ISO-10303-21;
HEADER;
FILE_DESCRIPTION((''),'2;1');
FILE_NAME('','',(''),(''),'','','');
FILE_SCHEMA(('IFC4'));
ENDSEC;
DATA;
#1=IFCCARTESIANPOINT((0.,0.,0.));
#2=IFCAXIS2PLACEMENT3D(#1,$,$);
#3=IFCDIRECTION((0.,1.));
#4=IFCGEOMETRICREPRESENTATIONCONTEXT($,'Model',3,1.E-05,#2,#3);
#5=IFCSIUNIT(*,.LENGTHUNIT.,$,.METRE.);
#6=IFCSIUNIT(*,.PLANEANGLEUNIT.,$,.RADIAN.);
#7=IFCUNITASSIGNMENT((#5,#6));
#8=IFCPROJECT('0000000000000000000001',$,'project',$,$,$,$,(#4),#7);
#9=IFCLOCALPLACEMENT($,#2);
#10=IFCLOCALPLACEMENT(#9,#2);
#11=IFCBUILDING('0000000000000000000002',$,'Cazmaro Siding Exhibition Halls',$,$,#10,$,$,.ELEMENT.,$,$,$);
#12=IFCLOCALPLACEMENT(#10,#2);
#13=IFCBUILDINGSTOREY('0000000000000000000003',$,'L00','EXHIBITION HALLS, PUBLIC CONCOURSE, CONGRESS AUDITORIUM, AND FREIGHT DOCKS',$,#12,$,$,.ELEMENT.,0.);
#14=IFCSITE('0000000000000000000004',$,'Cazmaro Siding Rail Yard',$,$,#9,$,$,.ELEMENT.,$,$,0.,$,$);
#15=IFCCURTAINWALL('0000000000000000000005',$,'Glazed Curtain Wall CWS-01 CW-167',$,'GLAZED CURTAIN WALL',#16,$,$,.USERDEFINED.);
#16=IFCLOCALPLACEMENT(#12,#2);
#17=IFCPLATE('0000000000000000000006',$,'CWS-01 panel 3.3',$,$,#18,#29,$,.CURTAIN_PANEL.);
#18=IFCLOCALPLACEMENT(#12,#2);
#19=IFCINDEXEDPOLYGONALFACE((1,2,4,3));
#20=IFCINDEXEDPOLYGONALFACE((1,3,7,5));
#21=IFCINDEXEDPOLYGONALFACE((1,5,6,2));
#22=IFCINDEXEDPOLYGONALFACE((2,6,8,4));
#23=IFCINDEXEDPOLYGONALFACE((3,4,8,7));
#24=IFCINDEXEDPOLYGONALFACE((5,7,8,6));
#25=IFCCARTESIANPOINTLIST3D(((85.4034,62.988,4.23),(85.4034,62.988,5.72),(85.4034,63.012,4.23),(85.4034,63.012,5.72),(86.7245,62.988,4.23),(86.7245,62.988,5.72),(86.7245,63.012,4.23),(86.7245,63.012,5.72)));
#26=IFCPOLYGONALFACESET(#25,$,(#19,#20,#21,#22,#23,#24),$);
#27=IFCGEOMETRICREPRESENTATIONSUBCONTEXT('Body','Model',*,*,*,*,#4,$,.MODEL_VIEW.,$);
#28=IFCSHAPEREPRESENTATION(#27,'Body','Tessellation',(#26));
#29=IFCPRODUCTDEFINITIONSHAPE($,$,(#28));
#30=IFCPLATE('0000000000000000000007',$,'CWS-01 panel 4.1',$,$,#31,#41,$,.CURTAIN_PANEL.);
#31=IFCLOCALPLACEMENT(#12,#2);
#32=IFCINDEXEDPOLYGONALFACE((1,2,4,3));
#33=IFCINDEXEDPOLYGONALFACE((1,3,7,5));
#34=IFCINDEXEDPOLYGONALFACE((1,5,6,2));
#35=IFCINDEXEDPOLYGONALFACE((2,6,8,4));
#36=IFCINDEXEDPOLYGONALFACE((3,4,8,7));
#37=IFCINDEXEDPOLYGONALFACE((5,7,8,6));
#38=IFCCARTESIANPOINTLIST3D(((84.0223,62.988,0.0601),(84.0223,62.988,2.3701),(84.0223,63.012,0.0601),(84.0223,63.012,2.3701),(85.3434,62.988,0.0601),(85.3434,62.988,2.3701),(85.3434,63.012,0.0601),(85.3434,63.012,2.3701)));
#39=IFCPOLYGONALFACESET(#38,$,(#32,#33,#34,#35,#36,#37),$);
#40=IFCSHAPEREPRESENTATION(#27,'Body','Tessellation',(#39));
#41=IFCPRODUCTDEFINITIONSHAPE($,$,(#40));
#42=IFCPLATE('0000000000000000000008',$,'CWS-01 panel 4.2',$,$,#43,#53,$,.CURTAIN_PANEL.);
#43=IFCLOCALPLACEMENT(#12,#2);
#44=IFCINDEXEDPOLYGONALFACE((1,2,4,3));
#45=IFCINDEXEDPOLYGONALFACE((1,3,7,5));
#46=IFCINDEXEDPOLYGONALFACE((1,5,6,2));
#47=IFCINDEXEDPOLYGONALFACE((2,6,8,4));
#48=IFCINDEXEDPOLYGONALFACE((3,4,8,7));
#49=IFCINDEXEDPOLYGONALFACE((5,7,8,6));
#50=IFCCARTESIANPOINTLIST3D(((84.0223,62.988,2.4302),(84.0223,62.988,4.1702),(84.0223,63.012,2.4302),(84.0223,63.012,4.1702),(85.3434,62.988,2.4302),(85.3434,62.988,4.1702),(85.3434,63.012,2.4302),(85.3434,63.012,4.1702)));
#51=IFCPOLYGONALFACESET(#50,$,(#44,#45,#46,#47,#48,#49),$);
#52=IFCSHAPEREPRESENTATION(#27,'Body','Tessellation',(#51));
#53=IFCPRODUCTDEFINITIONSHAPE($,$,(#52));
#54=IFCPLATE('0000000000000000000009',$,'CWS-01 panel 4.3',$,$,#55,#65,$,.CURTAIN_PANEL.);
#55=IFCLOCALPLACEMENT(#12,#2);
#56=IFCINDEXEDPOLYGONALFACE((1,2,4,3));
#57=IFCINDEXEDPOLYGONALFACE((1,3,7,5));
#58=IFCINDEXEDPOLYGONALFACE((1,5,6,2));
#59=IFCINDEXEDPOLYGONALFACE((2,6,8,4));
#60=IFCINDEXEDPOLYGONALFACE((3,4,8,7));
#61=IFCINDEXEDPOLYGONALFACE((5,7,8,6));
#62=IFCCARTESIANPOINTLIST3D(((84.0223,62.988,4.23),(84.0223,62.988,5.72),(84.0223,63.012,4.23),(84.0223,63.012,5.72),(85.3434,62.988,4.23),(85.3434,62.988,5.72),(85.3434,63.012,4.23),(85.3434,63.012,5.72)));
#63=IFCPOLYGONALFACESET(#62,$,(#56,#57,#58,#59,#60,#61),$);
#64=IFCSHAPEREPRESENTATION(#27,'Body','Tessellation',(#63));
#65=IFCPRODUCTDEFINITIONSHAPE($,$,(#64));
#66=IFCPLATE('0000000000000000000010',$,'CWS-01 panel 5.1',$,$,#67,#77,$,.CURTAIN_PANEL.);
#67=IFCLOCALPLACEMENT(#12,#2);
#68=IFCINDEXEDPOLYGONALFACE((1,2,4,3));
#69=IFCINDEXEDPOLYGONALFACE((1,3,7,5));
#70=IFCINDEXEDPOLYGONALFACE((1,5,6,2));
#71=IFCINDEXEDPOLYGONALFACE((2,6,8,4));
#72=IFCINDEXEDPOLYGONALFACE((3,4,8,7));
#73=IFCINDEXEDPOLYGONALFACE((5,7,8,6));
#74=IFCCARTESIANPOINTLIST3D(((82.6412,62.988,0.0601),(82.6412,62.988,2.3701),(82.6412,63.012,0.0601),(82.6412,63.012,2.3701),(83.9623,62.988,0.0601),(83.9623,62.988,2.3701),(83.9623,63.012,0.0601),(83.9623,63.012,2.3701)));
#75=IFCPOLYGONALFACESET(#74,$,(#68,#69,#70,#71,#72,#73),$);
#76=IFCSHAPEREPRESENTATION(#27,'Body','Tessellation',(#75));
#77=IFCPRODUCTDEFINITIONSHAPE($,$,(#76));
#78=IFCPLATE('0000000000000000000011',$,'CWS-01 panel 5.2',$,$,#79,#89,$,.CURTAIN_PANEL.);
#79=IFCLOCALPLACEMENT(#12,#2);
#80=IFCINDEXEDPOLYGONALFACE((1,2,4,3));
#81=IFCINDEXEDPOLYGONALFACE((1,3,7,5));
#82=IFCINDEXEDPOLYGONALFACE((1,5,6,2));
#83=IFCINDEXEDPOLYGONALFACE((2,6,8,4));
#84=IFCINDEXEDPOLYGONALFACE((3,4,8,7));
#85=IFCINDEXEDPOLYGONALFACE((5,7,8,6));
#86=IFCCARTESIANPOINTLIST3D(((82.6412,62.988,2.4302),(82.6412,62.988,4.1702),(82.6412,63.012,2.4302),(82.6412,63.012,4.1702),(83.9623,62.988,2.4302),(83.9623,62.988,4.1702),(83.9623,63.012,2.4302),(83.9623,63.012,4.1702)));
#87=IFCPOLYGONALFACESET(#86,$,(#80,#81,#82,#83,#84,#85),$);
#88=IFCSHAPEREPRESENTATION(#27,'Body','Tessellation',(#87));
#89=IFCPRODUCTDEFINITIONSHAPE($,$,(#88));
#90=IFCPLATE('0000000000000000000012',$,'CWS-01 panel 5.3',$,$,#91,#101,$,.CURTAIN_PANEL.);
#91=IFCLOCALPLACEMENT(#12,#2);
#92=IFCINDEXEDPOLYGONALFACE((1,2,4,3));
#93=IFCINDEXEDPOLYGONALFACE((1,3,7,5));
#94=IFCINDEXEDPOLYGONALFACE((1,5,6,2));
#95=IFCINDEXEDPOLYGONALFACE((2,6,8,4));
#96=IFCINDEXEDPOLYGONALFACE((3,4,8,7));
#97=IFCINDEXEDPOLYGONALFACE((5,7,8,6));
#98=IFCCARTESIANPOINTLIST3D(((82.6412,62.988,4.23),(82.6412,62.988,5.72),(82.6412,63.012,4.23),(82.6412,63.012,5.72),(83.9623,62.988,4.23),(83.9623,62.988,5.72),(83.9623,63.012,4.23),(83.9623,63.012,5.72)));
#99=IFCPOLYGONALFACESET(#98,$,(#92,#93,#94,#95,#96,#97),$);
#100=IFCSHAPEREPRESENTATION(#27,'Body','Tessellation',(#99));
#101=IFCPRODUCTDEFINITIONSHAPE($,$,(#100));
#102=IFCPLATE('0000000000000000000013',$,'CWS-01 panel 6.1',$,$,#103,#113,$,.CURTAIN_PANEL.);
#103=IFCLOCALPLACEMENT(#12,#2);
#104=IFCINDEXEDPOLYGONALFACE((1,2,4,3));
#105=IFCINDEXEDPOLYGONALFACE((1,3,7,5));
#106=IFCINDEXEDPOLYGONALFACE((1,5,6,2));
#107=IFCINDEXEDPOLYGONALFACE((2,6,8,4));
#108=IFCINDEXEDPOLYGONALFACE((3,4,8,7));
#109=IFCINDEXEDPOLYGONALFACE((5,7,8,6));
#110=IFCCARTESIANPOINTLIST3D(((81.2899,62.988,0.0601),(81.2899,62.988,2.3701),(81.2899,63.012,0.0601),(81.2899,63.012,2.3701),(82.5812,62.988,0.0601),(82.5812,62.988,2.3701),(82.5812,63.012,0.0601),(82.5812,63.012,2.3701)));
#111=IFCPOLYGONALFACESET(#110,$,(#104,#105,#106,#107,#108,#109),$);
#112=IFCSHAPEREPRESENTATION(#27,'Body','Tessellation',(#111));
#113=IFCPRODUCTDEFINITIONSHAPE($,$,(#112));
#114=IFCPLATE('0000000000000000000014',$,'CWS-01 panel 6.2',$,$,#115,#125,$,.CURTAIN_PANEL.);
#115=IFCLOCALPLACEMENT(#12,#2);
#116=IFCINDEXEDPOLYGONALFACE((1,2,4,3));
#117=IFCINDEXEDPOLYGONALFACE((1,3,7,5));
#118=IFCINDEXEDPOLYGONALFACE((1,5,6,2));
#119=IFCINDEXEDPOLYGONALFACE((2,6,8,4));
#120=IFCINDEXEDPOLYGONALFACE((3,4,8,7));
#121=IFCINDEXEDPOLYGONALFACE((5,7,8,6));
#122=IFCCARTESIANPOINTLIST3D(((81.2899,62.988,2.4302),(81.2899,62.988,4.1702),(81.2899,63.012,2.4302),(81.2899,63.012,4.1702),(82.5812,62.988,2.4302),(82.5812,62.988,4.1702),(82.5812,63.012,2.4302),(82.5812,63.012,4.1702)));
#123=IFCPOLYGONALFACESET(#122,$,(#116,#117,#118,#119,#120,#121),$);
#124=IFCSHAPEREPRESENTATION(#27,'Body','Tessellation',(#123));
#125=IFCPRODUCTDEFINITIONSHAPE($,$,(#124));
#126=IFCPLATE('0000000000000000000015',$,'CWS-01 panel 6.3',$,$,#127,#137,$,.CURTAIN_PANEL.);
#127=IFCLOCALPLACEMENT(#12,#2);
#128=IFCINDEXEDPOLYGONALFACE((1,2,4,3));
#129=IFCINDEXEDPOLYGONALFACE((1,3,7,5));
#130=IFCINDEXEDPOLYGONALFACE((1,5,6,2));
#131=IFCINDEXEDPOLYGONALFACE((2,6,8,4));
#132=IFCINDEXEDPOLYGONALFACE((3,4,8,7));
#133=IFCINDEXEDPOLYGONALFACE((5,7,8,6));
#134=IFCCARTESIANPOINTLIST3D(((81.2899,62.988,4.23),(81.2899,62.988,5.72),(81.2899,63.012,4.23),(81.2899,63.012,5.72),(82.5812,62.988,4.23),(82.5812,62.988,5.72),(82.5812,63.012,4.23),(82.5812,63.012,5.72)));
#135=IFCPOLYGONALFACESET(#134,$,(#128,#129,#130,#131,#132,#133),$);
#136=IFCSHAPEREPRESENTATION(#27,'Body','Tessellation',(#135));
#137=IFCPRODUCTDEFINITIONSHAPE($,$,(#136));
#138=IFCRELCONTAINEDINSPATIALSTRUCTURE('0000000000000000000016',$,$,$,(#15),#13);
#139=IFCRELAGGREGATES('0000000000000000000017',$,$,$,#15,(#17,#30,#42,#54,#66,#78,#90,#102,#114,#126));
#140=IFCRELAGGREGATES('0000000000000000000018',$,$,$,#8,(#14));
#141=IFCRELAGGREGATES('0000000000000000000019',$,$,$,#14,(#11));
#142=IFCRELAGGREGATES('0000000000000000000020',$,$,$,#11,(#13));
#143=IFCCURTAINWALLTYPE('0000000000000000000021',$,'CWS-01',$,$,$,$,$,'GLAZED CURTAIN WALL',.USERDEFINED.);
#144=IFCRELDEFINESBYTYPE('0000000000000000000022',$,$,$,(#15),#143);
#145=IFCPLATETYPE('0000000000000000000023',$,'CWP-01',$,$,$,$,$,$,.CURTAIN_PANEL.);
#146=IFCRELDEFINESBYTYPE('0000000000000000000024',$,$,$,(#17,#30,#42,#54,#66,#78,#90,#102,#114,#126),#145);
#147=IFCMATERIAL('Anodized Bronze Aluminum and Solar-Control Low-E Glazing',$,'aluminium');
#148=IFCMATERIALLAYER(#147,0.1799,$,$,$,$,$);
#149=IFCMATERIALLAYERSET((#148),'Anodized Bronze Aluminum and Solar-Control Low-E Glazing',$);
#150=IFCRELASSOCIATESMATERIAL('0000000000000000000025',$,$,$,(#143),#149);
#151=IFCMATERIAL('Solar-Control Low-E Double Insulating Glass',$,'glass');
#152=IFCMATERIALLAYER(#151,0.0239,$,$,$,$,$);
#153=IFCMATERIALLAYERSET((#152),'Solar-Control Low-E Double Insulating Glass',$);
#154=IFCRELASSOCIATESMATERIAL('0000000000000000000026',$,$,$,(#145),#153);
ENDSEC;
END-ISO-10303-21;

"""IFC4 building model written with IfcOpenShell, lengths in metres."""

from ifc_helpers import new_model, si_unit, direction, frame, origin, origin_2d, place, context, subcontext, project, spatial, rectangle, extrude, material, layer, layer_set, type_object, element, aggregate, save


model = new_model("IFC4")

# Units and contexts
model_context = context("Model", 3, precision=1e-05, world=origin(), true_north=direction((0.0, 1.0)))
body_context = subcontext(model_context, "Body", "Model", "MODEL_VIEW")
ifc_project = project(units=[si_unit("LENGTHUNIT", "METRE"), si_unit("PLANEANGLEUNIT", "RADIAN")], contexts=[model_context])

# Site, building, storey
site_placement = place(None, origin())
site = spatial("IfcSite", under=ifc_project, at=site_placement, Name="Cazmaro Siding Rail Yard", CompositionType="ELEMENT", RefElevation=0.0)
building_placement = place(site_placement, origin())
building = spatial("IfcBuilding", under=site, at=building_placement, Name="Cazmaro Siding Exhibition Halls", CompositionType="ELEMENT")
storey_placement = place(building_placement, origin())
storey = spatial("IfcBuildingStorey", under=building, at=storey_placement, Name="L00", Description="EXHIBITION HALLS, PUBLIC CONCOURSE, CONGRESS AUDITORIUM, AND FREIGHT DOCKS", CompositionType="ELEMENT", Elevation=0.0)

# Curtain wall, plates
ifc_material_1 = material(Name="Anodized Bronze Aluminum and Solar-Control Low-E Glazing", Category="aluminium")
ifc_layer_1 = layer(ifc_material_1, 0.1799)
ifc_layer_set_1 = layer_set([ifc_layer_1], Name="Anodized Bronze Aluminum and Solar-Control Low-E Glazing")
curtain_wall_type = type_object("IfcCurtainWallType", Name="CWS-01", ElementType="GLAZED CURTAIN WALL", PredefinedType="USERDEFINED", material=ifc_layer_set_1)
curtain_wall_placement = place(storey_placement, origin())
curtain_wall = element("IfcCurtainWall", 1, at=curtain_wall_placement, inside=storey, type_object=curtain_wall_type, Name="Glazed Curtain Wall CWS-01 CW-167", ObjectType="GLAZED CURTAIN WALL", PredefinedType="USERDEFINED")
ifc_material_2 = material(Name="Solar-Control Low-E Double Insulating Glass", Category="glass")
ifc_layer_2 = layer(ifc_material_2, 0.0239)
ifc_layer_set_2 = layer_set([ifc_layer_2], Name="Solar-Control Low-E Double Insulating Glass")
plate_type = type_object("IfcPlateType", Name="CWP-01", PredefinedType="CURTAIN_PANEL", material=ifc_layer_set_2)
plate_1_placement = place(storey_placement, frame((86.064, 63.0, 4.23), z_axis=(0.0, 0.0, 1.0), x_axis=(-1.0, 0.0, 0.0)))
plate_1 = element("IfcPlate", 2, at=plate_1_placement, type_object=plate_type, Name="CWS-01 panel 3.3", PredefinedType="CURTAIN_PANEL", context=body_context, shape_type="SweptSolid", body=[
    extrude(rectangle(XDim=1.321, YDim=0.0239, at=origin_2d()), origin(), (0.0, 0.0, 1.0), 1.49),
])
plate_2_placement = place(storey_placement, frame((84.6829, 63.0, 0.0601), z_axis=(0.0, 0.0, 1.0), x_axis=(-1.0, 0.0, 0.0)))
plate_2 = element("IfcPlate", 3, at=plate_2_placement, type_object=plate_type, Name="CWS-01 panel 4.1", PredefinedType="CURTAIN_PANEL", context=body_context, shape_type="SweptSolid", body=[
    extrude(rectangle(XDim=1.321, YDim=0.0239, at=origin_2d()), origin(), (0.0, 0.0, 1.0), 2.3101),
])
plate_3_placement = place(storey_placement, frame((84.6829, 63.0, 2.4302), z_axis=(0.0, 0.0, 1.0), x_axis=(-1.0, 0.0, 0.0)))
plate_3 = element("IfcPlate", 4, at=plate_3_placement, type_object=plate_type, Name="CWS-01 panel 4.2", PredefinedType="CURTAIN_PANEL", context=body_context, shape_type="SweptSolid", body=[
    extrude(rectangle(XDim=1.321, YDim=0.0239, at=origin_2d()), origin(), (0.0, 0.0, 1.0), 1.74),
])
plate_4_placement = place(storey_placement, frame((84.6829, 63.0, 4.23), z_axis=(0.0, 0.0, 1.0), x_axis=(-1.0, 0.0, 0.0)))
plate_4 = element("IfcPlate", 5, at=plate_4_placement, type_object=plate_type, Name="CWS-01 panel 4.3", PredefinedType="CURTAIN_PANEL", context=body_context, shape_type="SweptSolid", body=[
    extrude(rectangle(XDim=1.321, YDim=0.0239, at=origin_2d()), origin(), (0.0, 0.0, 1.0), 1.49),
])
plate_5_placement = place(storey_placement, frame((83.3018, 63.0, 0.0601), z_axis=(0.0, 0.0, 1.0), x_axis=(-1.0, 0.0, 0.0)))
plate_5 = element("IfcPlate", 6, at=plate_5_placement, type_object=plate_type, Name="CWS-01 panel 5.1", PredefinedType="CURTAIN_PANEL", context=body_context, shape_type="SweptSolid", body=[
    extrude(rectangle(XDim=1.321, YDim=0.0239, at=origin_2d()), origin(), (0.0, 0.0, 1.0), 2.3101),
])
plate_6_placement = place(storey_placement, frame((83.3018, 63.0, 2.4302), z_axis=(0.0, 0.0, 1.0), x_axis=(-1.0, 0.0, 0.0)))
plate_6 = element("IfcPlate", 7, at=plate_6_placement, type_object=plate_type, Name="CWS-01 panel 5.2", PredefinedType="CURTAIN_PANEL", context=body_context, shape_type="SweptSolid", body=[
    extrude(rectangle(XDim=1.321, YDim=0.0239, at=origin_2d()), origin(), (0.0, 0.0, 1.0), 1.74),
])
plate_7_placement = place(storey_placement, frame((83.3018, 63.0, 4.23), z_axis=(0.0, 0.0, 1.0), x_axis=(-1.0, 0.0, 0.0)))
plate_7 = element("IfcPlate", 8, at=plate_7_placement, type_object=plate_type, Name="CWS-01 panel 5.3", PredefinedType="CURTAIN_PANEL", context=body_context, shape_type="SweptSolid", body=[
    extrude(rectangle(XDim=1.321, YDim=0.0239, at=origin_2d()), origin(), (0.0, 0.0, 1.0), 1.49),
])
plate_8_placement = place(storey_placement, frame((81.9355, 63.0, 0.0601), z_axis=(0.0, 0.0, 1.0), x_axis=(-1.0, 0.0, 0.0)))
plate_8 = element("IfcPlate", 9, at=plate_8_placement, type_object=plate_type, Name="CWS-01 panel 6.1", PredefinedType="CURTAIN_PANEL", context=body_context, shape_type="SweptSolid", body=[
    extrude(rectangle(XDim=1.2913, YDim=0.0239, at=origin_2d()), origin(), (0.0, 0.0, 1.0), 2.3101),
])
plate_9_placement = place(storey_placement, frame((81.9355, 63.0, 2.4302), z_axis=(0.0, 0.0, 1.0), x_axis=(-1.0, 0.0, 0.0)))
plate_9 = element("IfcPlate", 10, at=plate_9_placement, type_object=plate_type, Name="CWS-01 panel 6.2", PredefinedType="CURTAIN_PANEL", context=body_context, shape_type="SweptSolid", body=[
    extrude(rectangle(XDim=1.2913, YDim=0.0239, at=origin_2d()), origin(), (0.0, 0.0, 1.0), 1.74),
])
plate_10_placement = place(storey_placement, frame((81.9355, 63.0, 4.23), z_axis=(0.0, 0.0, 1.0), x_axis=(-1.0, 0.0, 0.0)))
plate_10 = element("IfcPlate", 11, at=plate_10_placement, type_object=plate_type, Name="CWS-01 panel 6.3", PredefinedType="CURTAIN_PANEL", context=body_context, shape_type="SweptSolid", body=[
    extrude(rectangle(XDim=1.2913, YDim=0.0239, at=origin_2d()), origin(), (0.0, 0.0, 1.0), 1.49),
])
aggregate(curtain_wall, [plate_1, plate_2, plate_3, plate_4, plate_5, plate_6, plate_7, plate_8, plate_9, plate_10])

save(model, "model.ifc")
